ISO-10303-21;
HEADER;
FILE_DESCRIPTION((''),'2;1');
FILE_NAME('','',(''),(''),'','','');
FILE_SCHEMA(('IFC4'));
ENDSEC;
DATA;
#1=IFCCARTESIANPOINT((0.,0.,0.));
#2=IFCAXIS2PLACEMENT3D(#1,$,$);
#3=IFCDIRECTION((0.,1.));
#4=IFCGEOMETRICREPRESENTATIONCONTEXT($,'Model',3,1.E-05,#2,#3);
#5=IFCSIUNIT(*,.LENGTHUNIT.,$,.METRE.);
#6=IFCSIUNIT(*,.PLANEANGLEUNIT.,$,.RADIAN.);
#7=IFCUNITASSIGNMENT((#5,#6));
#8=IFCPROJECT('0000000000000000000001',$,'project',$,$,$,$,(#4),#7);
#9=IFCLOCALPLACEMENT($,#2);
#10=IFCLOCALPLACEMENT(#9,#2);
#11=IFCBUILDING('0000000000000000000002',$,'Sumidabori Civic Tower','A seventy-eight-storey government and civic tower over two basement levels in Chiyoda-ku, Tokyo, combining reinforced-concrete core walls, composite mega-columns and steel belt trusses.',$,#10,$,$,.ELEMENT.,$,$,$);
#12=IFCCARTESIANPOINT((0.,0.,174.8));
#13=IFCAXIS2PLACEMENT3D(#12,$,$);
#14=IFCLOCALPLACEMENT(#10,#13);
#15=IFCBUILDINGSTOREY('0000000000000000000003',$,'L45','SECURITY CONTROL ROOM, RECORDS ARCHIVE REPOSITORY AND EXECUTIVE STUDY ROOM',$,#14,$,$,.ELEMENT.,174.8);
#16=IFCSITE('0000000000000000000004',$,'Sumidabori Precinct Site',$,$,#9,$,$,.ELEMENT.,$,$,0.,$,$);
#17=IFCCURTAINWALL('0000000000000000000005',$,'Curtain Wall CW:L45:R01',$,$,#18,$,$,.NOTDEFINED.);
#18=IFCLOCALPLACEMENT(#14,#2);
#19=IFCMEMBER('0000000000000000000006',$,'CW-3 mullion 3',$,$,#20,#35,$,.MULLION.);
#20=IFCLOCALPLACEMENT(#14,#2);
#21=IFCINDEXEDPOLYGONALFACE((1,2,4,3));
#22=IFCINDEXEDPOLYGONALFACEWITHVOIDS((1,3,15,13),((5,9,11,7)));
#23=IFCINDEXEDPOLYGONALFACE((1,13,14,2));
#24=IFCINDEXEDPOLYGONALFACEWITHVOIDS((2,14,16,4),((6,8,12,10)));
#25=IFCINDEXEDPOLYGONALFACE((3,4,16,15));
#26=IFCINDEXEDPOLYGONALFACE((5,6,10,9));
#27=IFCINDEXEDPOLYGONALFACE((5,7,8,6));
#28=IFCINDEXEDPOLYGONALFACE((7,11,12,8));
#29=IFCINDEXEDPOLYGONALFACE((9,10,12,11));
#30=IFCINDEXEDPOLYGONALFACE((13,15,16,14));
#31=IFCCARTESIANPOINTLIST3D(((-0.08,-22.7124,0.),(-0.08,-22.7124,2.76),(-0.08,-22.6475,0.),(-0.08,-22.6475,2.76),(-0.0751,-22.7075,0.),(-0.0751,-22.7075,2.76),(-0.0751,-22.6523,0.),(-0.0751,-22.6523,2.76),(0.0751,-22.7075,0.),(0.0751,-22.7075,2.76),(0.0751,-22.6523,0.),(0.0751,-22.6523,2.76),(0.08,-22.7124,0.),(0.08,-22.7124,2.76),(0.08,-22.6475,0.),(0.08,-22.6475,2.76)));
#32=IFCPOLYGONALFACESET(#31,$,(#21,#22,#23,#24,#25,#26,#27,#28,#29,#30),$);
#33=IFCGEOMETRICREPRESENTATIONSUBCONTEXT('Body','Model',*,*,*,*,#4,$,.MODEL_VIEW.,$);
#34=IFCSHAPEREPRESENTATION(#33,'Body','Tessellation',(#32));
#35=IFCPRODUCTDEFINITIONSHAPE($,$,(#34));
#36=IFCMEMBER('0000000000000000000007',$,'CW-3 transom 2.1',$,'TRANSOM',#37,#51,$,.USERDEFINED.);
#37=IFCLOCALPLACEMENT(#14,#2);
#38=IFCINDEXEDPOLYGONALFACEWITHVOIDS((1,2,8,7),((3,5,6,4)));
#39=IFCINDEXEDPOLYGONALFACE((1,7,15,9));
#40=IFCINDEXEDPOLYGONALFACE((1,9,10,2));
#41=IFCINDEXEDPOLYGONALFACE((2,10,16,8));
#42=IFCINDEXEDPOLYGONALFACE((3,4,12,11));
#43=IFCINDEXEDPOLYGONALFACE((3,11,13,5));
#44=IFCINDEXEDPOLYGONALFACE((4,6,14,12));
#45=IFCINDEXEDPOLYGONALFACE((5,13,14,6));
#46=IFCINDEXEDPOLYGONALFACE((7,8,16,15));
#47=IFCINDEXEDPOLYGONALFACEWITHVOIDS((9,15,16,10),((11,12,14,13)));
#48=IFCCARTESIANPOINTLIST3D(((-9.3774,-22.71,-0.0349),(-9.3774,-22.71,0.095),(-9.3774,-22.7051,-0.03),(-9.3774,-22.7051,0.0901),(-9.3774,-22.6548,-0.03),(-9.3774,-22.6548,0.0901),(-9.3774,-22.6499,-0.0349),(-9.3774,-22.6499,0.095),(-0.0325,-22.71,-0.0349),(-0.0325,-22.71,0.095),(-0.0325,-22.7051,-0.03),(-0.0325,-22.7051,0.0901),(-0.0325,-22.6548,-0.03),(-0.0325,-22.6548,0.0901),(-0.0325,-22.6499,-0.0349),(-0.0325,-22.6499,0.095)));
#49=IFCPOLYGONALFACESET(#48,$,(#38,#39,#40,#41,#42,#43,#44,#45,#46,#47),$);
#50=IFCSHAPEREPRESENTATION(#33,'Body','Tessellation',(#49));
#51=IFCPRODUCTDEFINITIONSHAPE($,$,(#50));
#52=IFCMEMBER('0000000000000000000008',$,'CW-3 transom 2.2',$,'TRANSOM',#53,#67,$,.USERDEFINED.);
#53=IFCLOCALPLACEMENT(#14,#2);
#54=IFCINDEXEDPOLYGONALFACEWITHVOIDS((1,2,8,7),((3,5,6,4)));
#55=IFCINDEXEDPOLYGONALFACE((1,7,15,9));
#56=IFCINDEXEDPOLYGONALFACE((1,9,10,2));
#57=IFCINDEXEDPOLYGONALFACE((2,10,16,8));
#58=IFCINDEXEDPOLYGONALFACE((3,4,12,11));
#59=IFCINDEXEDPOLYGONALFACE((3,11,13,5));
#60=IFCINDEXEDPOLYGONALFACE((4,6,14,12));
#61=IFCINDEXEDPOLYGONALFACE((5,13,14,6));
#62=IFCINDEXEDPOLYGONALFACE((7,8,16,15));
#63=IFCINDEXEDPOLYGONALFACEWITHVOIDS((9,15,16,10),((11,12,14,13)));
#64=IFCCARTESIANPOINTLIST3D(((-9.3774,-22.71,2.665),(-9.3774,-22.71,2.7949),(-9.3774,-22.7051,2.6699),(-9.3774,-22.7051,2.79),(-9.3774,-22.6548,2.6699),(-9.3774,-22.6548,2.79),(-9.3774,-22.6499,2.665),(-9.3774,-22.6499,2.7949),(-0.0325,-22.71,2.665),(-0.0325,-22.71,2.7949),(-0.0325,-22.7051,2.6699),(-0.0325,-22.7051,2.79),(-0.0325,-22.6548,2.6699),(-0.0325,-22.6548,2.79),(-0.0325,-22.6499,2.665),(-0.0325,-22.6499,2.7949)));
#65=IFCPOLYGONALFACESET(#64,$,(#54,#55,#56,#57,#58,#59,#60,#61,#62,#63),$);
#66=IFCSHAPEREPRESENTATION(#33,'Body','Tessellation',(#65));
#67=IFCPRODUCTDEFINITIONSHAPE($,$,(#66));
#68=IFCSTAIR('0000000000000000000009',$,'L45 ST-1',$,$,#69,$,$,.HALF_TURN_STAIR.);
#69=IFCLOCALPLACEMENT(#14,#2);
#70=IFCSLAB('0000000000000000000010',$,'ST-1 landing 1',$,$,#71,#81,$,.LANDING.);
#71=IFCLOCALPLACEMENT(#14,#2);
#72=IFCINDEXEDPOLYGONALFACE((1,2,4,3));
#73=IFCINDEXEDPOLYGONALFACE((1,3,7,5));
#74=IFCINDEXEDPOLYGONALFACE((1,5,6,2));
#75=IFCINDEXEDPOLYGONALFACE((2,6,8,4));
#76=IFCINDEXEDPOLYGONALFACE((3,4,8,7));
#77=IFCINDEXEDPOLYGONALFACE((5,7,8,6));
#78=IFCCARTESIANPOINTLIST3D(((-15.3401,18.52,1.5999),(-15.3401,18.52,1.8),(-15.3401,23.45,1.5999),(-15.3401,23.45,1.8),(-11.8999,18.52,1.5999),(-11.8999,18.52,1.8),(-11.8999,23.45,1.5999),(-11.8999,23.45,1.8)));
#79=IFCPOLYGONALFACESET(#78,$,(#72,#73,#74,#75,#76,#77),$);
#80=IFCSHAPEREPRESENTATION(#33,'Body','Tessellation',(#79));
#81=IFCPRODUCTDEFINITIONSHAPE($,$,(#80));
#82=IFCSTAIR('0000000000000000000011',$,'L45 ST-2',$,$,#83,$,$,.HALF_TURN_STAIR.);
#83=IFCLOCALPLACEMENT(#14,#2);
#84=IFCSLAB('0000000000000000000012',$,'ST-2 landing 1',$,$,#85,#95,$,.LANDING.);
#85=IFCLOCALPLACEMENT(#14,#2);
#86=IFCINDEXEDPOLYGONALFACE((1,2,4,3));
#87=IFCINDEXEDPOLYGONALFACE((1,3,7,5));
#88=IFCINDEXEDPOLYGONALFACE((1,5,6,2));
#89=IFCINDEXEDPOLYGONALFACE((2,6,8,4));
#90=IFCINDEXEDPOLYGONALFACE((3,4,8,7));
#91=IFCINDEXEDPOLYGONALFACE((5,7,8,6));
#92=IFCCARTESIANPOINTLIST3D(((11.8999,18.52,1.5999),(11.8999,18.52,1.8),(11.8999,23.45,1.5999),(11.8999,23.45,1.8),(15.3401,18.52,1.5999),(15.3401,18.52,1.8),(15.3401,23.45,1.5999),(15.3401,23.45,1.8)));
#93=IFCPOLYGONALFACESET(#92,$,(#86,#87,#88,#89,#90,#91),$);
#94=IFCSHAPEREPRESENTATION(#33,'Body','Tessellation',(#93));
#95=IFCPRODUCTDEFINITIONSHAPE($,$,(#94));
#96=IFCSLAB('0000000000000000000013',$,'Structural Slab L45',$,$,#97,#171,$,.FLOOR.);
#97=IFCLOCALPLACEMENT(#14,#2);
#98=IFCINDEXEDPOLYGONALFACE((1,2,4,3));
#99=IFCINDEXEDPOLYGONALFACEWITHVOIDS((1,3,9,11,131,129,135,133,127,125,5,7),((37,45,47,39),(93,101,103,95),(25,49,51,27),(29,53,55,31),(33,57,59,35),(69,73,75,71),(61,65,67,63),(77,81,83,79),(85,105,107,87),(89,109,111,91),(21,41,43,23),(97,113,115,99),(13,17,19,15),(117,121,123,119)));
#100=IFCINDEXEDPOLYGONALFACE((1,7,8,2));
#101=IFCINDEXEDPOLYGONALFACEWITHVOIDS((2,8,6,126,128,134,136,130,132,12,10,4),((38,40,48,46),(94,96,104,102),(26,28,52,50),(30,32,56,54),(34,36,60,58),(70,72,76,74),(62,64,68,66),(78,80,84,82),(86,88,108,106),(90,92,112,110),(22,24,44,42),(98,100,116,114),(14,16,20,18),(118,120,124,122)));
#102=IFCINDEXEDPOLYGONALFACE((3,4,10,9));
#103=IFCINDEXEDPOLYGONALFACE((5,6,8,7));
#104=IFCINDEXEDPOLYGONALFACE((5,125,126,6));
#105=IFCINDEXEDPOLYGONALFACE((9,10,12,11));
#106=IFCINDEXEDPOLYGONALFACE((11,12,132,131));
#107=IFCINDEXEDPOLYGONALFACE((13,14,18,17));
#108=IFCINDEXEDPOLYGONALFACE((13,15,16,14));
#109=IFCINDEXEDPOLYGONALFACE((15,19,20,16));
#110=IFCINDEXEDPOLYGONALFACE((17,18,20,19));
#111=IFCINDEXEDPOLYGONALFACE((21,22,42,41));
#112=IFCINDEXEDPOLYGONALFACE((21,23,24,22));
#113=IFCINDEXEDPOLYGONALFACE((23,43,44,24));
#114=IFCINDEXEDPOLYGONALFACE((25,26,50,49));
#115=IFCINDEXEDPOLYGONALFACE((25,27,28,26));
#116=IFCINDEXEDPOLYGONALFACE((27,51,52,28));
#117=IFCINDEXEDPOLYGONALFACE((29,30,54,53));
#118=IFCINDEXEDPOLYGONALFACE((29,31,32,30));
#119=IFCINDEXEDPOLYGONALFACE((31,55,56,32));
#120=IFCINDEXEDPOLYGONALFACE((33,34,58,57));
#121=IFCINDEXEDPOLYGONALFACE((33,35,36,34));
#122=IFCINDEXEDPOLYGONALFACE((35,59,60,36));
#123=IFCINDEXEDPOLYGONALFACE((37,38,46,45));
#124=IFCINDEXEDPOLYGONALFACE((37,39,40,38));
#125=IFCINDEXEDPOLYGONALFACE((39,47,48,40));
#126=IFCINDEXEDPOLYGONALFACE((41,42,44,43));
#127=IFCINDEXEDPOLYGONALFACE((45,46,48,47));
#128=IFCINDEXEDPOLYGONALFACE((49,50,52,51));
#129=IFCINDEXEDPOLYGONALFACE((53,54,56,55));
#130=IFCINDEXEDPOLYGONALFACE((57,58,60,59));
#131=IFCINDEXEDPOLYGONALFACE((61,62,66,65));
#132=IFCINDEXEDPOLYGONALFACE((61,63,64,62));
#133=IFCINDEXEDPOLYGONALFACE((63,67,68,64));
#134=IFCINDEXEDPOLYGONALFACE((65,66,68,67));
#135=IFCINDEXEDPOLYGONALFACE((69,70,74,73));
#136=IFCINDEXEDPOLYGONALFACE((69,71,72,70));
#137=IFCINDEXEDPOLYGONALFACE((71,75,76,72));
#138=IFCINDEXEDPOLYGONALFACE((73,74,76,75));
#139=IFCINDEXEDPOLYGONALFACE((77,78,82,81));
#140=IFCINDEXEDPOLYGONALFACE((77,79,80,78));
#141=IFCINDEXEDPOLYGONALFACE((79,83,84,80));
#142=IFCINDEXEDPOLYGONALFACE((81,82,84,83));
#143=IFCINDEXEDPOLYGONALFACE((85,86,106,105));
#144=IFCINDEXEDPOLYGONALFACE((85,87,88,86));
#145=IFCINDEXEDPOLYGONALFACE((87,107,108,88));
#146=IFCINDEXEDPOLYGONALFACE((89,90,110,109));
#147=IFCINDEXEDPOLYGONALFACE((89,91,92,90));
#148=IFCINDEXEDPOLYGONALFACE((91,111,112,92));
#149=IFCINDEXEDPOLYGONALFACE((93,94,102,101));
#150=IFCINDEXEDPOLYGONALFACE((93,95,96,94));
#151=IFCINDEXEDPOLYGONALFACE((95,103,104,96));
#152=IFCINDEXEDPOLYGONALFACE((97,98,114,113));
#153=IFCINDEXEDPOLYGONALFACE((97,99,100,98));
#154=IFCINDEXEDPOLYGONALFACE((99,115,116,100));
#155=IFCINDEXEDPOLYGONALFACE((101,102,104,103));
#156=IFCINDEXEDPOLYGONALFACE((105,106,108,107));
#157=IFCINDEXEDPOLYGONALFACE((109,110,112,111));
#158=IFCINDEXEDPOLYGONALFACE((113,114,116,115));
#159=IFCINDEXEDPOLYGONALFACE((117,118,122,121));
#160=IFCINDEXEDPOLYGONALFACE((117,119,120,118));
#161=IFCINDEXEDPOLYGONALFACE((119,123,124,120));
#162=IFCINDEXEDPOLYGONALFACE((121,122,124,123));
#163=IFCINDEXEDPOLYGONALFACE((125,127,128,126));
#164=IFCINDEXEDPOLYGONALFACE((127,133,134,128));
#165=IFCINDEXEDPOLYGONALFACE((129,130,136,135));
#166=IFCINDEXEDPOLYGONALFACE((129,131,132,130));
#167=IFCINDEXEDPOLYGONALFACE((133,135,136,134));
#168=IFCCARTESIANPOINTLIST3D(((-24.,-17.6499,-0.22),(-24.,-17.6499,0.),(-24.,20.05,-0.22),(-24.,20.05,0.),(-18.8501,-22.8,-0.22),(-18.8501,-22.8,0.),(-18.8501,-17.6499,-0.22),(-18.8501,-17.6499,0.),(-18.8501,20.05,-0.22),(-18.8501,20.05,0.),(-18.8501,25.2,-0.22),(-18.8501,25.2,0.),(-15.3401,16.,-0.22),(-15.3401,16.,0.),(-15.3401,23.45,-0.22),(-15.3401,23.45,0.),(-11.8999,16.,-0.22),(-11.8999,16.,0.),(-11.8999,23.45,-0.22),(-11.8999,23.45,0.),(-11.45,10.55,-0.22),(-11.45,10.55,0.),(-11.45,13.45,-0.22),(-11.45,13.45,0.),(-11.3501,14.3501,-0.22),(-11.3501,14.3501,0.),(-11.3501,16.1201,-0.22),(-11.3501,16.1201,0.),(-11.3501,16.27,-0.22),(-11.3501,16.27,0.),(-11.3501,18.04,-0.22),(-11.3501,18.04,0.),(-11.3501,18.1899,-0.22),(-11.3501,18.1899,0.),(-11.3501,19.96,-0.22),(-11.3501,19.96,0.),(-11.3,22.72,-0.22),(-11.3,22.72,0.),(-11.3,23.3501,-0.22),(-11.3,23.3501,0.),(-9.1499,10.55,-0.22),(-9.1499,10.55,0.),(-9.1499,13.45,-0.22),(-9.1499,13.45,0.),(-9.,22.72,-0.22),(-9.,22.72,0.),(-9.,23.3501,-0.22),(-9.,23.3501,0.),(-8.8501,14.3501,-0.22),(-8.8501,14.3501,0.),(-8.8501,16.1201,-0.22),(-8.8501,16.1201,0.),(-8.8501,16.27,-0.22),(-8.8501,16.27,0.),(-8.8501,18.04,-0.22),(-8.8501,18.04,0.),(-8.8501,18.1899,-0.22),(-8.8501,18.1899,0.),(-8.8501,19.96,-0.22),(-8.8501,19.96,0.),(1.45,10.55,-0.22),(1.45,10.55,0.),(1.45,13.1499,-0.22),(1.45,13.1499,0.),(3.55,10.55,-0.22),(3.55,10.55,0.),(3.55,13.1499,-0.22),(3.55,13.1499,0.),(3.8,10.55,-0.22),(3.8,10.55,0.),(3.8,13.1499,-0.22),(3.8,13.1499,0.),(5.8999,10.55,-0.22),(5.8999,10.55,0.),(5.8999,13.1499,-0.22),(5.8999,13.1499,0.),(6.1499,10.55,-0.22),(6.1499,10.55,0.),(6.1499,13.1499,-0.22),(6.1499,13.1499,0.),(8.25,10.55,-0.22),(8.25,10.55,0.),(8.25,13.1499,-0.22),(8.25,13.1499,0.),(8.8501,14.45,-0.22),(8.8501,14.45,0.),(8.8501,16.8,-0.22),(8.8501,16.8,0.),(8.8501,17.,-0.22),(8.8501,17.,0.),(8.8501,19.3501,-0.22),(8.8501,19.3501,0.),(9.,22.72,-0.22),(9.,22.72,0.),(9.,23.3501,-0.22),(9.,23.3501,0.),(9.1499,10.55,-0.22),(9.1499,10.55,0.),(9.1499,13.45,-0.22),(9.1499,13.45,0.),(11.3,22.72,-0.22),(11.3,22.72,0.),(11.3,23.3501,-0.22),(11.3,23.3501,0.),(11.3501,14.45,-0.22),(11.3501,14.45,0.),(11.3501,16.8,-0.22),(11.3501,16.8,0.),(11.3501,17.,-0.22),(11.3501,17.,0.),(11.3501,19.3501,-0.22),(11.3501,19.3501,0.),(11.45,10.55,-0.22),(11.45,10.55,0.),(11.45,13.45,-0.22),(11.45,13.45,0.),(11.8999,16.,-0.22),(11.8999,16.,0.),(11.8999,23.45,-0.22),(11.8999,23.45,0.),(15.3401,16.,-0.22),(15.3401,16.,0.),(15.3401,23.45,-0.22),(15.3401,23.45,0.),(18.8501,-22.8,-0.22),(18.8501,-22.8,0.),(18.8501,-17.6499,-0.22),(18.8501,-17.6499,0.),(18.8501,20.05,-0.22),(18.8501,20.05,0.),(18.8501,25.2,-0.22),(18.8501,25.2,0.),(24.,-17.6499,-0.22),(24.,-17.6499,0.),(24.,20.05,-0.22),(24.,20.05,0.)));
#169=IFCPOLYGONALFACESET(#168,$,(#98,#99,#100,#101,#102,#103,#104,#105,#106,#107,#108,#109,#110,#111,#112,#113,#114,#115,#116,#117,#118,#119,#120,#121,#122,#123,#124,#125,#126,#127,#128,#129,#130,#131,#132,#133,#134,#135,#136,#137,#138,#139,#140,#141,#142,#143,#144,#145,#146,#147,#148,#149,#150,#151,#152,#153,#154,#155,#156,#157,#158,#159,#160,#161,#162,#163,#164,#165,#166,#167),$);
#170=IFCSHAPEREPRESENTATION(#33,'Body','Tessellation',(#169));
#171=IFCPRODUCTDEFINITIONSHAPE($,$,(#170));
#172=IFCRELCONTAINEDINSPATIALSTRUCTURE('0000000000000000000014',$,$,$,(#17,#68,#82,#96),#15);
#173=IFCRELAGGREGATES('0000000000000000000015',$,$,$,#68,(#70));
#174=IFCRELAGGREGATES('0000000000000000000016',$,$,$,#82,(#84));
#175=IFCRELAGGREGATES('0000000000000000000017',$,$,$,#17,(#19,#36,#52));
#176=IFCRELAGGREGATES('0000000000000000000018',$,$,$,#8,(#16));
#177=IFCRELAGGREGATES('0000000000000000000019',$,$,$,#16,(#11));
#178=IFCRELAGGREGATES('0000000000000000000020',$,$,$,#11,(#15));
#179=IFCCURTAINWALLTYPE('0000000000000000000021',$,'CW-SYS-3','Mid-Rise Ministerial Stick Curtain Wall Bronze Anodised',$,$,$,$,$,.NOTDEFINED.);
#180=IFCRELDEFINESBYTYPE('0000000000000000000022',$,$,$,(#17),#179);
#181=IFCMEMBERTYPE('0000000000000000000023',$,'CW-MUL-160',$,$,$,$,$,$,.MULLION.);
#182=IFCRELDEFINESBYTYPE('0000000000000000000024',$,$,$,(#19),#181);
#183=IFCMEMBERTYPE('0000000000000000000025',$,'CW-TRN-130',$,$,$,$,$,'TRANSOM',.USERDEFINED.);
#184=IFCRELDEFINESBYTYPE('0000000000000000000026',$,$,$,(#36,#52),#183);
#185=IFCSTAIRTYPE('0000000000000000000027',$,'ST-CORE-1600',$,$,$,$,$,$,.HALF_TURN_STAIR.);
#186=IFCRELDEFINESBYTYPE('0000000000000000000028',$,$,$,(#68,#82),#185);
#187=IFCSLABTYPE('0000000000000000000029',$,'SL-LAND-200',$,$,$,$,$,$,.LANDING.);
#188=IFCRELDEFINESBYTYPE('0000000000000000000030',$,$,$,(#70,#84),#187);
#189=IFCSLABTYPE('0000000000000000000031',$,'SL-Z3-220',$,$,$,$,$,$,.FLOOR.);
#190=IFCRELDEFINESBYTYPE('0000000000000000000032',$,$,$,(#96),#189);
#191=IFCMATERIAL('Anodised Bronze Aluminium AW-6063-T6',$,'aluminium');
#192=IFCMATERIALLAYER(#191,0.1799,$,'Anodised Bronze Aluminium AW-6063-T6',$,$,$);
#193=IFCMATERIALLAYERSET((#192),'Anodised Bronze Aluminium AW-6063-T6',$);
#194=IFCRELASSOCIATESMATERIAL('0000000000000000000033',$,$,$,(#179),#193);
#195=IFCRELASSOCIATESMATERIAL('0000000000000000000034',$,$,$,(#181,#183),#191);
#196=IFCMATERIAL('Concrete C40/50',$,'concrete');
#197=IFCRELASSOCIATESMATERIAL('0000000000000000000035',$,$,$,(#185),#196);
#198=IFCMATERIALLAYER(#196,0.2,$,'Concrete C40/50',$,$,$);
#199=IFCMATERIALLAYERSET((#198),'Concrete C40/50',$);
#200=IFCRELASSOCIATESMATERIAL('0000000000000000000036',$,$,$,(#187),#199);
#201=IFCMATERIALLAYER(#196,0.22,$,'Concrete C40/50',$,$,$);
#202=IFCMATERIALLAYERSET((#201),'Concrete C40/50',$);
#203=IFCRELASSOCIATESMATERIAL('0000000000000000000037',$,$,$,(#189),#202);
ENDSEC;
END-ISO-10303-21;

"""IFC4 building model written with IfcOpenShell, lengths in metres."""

from ifc_helpers import new_model, si_unit, direction, frame, origin, origin_2d, place, context, subcontext, project, spatial, polyline, hollow_rectangle, outline, extrude, source, transform, mapped, material, layer, layer_set, material_profile, profile_set, type_object, element, aggregate, save


model = new_model("IFC4")

# Units and contexts
model_context = context("Model", 3, precision=1e-05, world=origin(), true_north=direction((0.0, 1.0)))
body_context = subcontext(model_context, "Body", "Model", "MODEL_VIEW")
ifc_project = project(units=[si_unit("LENGTHUNIT", "METRE"), si_unit("PLANEANGLEUNIT", "RADIAN")], contexts=[model_context])

# Site, building, storey
site_placement = place(None, origin())
site = spatial("IfcSite", under=ifc_project, at=site_placement, Name="Sumidabori Precinct Site", CompositionType="ELEMENT", RefElevation=0.0)
building_placement = place(site_placement, origin())
building = spatial("IfcBuilding", under=site, at=building_placement, Name="Sumidabori Civic Tower", Description="A seventy-eight-storey government and civic tower over two basement levels in Chiyoda-ku, Tokyo, combining reinforced-concrete core walls, composite mega-columns and steel belt trusses.", CompositionType="ELEMENT")
storey_placement = place(building_placement, frame((0.0, 0.0, 174.8)))
storey = spatial("IfcBuildingStorey", under=building, at=storey_placement, Name="L45", Description="SECURITY CONTROL ROOM, RECORDS ARCHIVE REPOSITORY AND EXECUTIVE STUDY ROOM", CompositionType="ELEMENT", Elevation=174.8)

# Curtain wall, members
ifc_material_1 = material(Name="Anodised Bronze Aluminium AW-6063-T6", Category="aluminium")
ifc_layer_1 = layer(ifc_material_1, 0.1799, Name="Anodised Bronze Aluminium AW-6063-T6")
ifc_layer_set_1 = layer_set([ifc_layer_1], Name="Anodised Bronze Aluminium AW-6063-T6")
curtain_wall_type = type_object("IfcCurtainWallType", Name="CW-SYS-3", Description="Mid-Rise Ministerial Stick Curtain Wall Bronze Anodised", PredefinedType="NOTDEFINED", material=ifc_layer_set_1)
curtain_wall_placement = place(storey_placement, origin())
curtain_wall = element("IfcCurtainWall", 1, at=curtain_wall_placement, inside=storey, type_object=curtain_wall_type, Name="Curtain Wall CW:L45:R01", PredefinedType="NOTDEFINED")
ifc_material_profile_1 = material_profile(ifc_material_1, hollow_rectangle(XDim=0.0649, YDim=0.1599, WallThickness=0.0049, at=origin_2d()), Name="ALU MULLION 160x65")
ifc_profile_set_1 = profile_set([ifc_material_profile_1], Name="Anodised Bronze Aluminium AW-6063-T6")
member_type_1 = type_object("IfcMemberType", Name="CW-MUL-160", PredefinedType="MULLION", material=ifc_profile_set_1)
shared_shape_1 = source(origin(), body_context, "Body", "SweptSolid", [
    extrude(hollow_rectangle(XDim=0.0649, YDim=0.1599, WallThickness=0.0049, at=origin_2d()), origin(), (0.0, 0.0, 1.0), 2.76),
])
member_1_placement = place(storey_placement, frame((0.0, -22.6799, 0.0), z_axis=(0.0, 0.0, 1.0), x_axis=(0.0, 1.0, 0.0)))
member_1 = element("IfcMember", 2, at=member_1_placement, type_object=member_type_1, Name="CW-3 mullion 3", PredefinedType="MULLION", context=body_context, shape_type="MappedRepresentation", body=[
    mapped(shared_shape_1, transform((0.0, 0.0, 0.0), x_axis=(1.0, 0.0, 0.0), y_axis=(0.0, 1.0, 0.0), z_axis=(0.0, 0.0, 1.0), scale=1.0)),
])
ifc_material_profile_2 = material_profile(ifc_material_1, hollow_rectangle(XDim=0.0601, YDim=0.1299, WallThickness=0.0049, at=origin_2d()), Name="ALU TRANSOM 130x60")
ifc_profile_set_2 = profile_set([ifc_material_profile_2], Name="Anodised Bronze Aluminium AW-6063-T6")
member_type_2 = type_object("IfcMemberType", Name="CW-TRN-130", ElementType="TRANSOM", PredefinedType="USERDEFINED", material=ifc_profile_set_2)
shared_shape_2 = source(origin(), body_context, "Body", "SweptSolid", [
    extrude(hollow_rectangle(XDim=0.0601, YDim=0.1299, WallThickness=0.0049, at=origin_2d()), origin(), (0.0, 0.0, 1.0), 9.345),
])
member_2_placement = place(storey_placement, frame((-9.3774, -22.6799, 0.03), z_axis=(1.0, 0.0, 0.0), x_axis=(0.0, 1.0, 0.0)))
member_2 = element("IfcMember", 3, at=member_2_placement, type_object=member_type_2, Name="CW-3 transom 2.1", ObjectType="TRANSOM", PredefinedType="USERDEFINED", context=body_context, shape_type="MappedRepresentation", body=[
    mapped(shared_shape_2, transform((0.0, 0.0, 0.0), x_axis=(1.0, 0.0, 0.0), y_axis=(0.0, 1.0, 0.0), z_axis=(0.0, 0.0, 1.0), scale=1.0)),
])
member_3_placement = place(storey_placement, frame((-9.3774, -22.6799, 2.73), z_axis=(1.0, 0.0, 0.0), x_axis=(0.0, 1.0, 0.0)))
member_3 = element("IfcMember", 4, at=member_3_placement, type_object=member_type_2, Name="CW-3 transom 2.2", ObjectType="TRANSOM", PredefinedType="USERDEFINED", context=body_context, shape_type="MappedRepresentation", body=[
    mapped(shared_shape_2, transform((0.0, 0.0, 0.0), x_axis=(1.0, 0.0, 0.0), y_axis=(0.0, 1.0, 0.0), z_axis=(0.0, 0.0, 1.0), scale=1.0)),
])

# Stairs, slabs
ifc_material_2 = material(Name="Concrete C40/50", Category="concrete")
stair_type = type_object("IfcStairType", Name="ST-CORE-1600", PredefinedType="HALF_TURN_STAIR", material=ifc_material_2)
stair_1_placement = place(storey_placement, origin())
stair_1 = element("IfcStair", 5, at=stair_1_placement, inside=storey, type_object=stair_type, Name="L45 ST-1", PredefinedType="HALF_TURN_STAIR")
ifc_layer_2 = layer(ifc_material_2, 0.2, Name="Concrete C40/50")
ifc_layer_set_2 = layer_set([ifc_layer_2], Name="Concrete C40/50")
slab_type_1 = type_object("IfcSlabType", Name="SL-LAND-200", PredefinedType="LANDING", material=ifc_layer_set_2)
slab_1_placement = place(storey_placement, frame((0.0, 0.0, 1.5999)))
slab_1 = element("IfcSlab", 6, at=slab_1_placement, type_object=slab_type_1, Name="ST-1 landing 1", PredefinedType="LANDING", context=body_context, shape_type="SweptSolid", body=[
    extrude(outline(polyline([(-11.8999, 18.52), (-11.8999, 23.45), (-15.3401, 23.45), (-15.3401, 18.52), (-11.8999, 18.52)])), origin(), (0.0, 0.0, 1.0), 0.2002),
])
aggregate(stair_1, [slab_1])
stair_2_placement = place(storey_placement, origin())
stair_2 = element("IfcStair", 7, at=stair_2_placement, inside=storey, type_object=stair_type, Name="L45 ST-2", PredefinedType="HALF_TURN_STAIR")
slab_2_placement = place(storey_placement, frame((0.0, 0.0, 1.5999)))
slab_2 = element("IfcSlab", 8, at=slab_2_placement, type_object=slab_type_1, Name="ST-2 landing 1", PredefinedType="LANDING", context=body_context, shape_type="SweptSolid", body=[
    extrude(outline(polyline([(15.3401, 18.52), (15.3401, 23.45), (11.8999, 23.45), (11.8999, 18.52), (15.3401, 18.52)])), origin(), (0.0, 0.0, 1.0), 0.2002),
])
aggregate(stair_2, [slab_2])

# Slab
ifc_layer_3 = layer(ifc_material_2, 0.22, Name="Concrete C40/50")
ifc_layer_set_3 = layer_set([ifc_layer_3], Name="Concrete C40/50")
slab_type_2 = type_object("IfcSlabType", Name="SL-Z3-220", PredefinedType="FLOOR", material=ifc_layer_set_3)
slab_3_placement = place(storey_placement, frame((0.0, 0.0, -0.22)))
element("IfcSlab", 9, at=slab_3_placement, inside=storey, type_object=slab_type_2, Name="Structural Slab L45", PredefinedType="FLOOR", context=body_context, shape_type="SweptSolid", body=[
    extrude(outline(polyline([(-18.8501, -22.8), (18.8501, -22.8), (18.8501, -17.6499), (24.0, -17.6499), (24.0, 20.05), (18.8501, 20.05), (18.8501, 25.2), (-18.8501, 25.2), (-18.8501, 20.05), (-24.0, 20.05), (-24.0, -17.6499), (-18.8501, -17.6499), (-18.8501, -22.8)]), holes=[polyline([(-11.8999, 16.0), (-11.8999, 23.45), (-15.3401, 23.45), (-15.3401, 16.0), (-11.8999, 16.0)]), polyline([(15.3401, 16.0), (15.3401, 23.45), (11.8999, 23.45), (11.8999, 16.0), (15.3401, 16.0)]), polyline([(-11.45, 10.55), (-9.1499, 10.55), (-9.1499, 13.45), (-11.45, 13.45), (-11.45, 10.55)]), polyline([(9.1499, 10.55), (11.45, 10.55), (11.45, 13.45), (9.1499, 13.45), (9.1499, 10.55)]), polyline([(1.45, 10.55), (3.55, 10.55), (3.55, 13.1499), (1.45, 13.1499), (1.45, 10.55)]), polyline([(3.8, 10.55), (5.8999, 10.55), (5.8999, 13.1499), (3.8, 13.1499), (3.8, 10.55)]), polyline([(6.1499, 10.55), (8.25, 10.55), (8.25, 13.1499), (6.1499, 13.1499), (6.1499, 10.55)]), polyline([(-11.3501, 14.3501), (-8.8501, 14.3501), (-8.8501, 16.1201), (-11.3501, 16.1201), (-11.3501, 14.3501)]), polyline([(-11.3501, 16.27), (-8.8501, 16.27), (-8.8501, 18.04), (-11.3501, 18.04), (-11.3501, 16.27)]), polyline([(-11.3501, 18.1899), (-8.8501, 18.1899), (-8.8501, 19.96), (-11.3501, 19.96), (-11.3501, 18.1899)]), polyline([(8.8501, 14.45), (11.3501, 14.45), (11.3501, 16.8), (8.8501, 16.8), (8.8501, 14.45)]), polyline([(8.8501, 17.0), (11.3501, 17.0), (11.3501, 19.3501), (8.8501, 19.3501), (8.8501, 17.0)]), polyline([(-11.3, 22.72), (-9.0, 22.72), (-9.0, 23.3501), (-11.3, 23.3501), (-11.3, 22.72)]), polyline([(9.0, 22.72), (11.3, 22.72), (11.3, 23.3501), (9.0, 23.3501), (9.0, 22.72)])]), origin(), (0.0, 0.0, 1.0), 0.22),
])

aggregate(curtain_wall, [member_1, member_2, member_3])

save(model, "model.ifc")
